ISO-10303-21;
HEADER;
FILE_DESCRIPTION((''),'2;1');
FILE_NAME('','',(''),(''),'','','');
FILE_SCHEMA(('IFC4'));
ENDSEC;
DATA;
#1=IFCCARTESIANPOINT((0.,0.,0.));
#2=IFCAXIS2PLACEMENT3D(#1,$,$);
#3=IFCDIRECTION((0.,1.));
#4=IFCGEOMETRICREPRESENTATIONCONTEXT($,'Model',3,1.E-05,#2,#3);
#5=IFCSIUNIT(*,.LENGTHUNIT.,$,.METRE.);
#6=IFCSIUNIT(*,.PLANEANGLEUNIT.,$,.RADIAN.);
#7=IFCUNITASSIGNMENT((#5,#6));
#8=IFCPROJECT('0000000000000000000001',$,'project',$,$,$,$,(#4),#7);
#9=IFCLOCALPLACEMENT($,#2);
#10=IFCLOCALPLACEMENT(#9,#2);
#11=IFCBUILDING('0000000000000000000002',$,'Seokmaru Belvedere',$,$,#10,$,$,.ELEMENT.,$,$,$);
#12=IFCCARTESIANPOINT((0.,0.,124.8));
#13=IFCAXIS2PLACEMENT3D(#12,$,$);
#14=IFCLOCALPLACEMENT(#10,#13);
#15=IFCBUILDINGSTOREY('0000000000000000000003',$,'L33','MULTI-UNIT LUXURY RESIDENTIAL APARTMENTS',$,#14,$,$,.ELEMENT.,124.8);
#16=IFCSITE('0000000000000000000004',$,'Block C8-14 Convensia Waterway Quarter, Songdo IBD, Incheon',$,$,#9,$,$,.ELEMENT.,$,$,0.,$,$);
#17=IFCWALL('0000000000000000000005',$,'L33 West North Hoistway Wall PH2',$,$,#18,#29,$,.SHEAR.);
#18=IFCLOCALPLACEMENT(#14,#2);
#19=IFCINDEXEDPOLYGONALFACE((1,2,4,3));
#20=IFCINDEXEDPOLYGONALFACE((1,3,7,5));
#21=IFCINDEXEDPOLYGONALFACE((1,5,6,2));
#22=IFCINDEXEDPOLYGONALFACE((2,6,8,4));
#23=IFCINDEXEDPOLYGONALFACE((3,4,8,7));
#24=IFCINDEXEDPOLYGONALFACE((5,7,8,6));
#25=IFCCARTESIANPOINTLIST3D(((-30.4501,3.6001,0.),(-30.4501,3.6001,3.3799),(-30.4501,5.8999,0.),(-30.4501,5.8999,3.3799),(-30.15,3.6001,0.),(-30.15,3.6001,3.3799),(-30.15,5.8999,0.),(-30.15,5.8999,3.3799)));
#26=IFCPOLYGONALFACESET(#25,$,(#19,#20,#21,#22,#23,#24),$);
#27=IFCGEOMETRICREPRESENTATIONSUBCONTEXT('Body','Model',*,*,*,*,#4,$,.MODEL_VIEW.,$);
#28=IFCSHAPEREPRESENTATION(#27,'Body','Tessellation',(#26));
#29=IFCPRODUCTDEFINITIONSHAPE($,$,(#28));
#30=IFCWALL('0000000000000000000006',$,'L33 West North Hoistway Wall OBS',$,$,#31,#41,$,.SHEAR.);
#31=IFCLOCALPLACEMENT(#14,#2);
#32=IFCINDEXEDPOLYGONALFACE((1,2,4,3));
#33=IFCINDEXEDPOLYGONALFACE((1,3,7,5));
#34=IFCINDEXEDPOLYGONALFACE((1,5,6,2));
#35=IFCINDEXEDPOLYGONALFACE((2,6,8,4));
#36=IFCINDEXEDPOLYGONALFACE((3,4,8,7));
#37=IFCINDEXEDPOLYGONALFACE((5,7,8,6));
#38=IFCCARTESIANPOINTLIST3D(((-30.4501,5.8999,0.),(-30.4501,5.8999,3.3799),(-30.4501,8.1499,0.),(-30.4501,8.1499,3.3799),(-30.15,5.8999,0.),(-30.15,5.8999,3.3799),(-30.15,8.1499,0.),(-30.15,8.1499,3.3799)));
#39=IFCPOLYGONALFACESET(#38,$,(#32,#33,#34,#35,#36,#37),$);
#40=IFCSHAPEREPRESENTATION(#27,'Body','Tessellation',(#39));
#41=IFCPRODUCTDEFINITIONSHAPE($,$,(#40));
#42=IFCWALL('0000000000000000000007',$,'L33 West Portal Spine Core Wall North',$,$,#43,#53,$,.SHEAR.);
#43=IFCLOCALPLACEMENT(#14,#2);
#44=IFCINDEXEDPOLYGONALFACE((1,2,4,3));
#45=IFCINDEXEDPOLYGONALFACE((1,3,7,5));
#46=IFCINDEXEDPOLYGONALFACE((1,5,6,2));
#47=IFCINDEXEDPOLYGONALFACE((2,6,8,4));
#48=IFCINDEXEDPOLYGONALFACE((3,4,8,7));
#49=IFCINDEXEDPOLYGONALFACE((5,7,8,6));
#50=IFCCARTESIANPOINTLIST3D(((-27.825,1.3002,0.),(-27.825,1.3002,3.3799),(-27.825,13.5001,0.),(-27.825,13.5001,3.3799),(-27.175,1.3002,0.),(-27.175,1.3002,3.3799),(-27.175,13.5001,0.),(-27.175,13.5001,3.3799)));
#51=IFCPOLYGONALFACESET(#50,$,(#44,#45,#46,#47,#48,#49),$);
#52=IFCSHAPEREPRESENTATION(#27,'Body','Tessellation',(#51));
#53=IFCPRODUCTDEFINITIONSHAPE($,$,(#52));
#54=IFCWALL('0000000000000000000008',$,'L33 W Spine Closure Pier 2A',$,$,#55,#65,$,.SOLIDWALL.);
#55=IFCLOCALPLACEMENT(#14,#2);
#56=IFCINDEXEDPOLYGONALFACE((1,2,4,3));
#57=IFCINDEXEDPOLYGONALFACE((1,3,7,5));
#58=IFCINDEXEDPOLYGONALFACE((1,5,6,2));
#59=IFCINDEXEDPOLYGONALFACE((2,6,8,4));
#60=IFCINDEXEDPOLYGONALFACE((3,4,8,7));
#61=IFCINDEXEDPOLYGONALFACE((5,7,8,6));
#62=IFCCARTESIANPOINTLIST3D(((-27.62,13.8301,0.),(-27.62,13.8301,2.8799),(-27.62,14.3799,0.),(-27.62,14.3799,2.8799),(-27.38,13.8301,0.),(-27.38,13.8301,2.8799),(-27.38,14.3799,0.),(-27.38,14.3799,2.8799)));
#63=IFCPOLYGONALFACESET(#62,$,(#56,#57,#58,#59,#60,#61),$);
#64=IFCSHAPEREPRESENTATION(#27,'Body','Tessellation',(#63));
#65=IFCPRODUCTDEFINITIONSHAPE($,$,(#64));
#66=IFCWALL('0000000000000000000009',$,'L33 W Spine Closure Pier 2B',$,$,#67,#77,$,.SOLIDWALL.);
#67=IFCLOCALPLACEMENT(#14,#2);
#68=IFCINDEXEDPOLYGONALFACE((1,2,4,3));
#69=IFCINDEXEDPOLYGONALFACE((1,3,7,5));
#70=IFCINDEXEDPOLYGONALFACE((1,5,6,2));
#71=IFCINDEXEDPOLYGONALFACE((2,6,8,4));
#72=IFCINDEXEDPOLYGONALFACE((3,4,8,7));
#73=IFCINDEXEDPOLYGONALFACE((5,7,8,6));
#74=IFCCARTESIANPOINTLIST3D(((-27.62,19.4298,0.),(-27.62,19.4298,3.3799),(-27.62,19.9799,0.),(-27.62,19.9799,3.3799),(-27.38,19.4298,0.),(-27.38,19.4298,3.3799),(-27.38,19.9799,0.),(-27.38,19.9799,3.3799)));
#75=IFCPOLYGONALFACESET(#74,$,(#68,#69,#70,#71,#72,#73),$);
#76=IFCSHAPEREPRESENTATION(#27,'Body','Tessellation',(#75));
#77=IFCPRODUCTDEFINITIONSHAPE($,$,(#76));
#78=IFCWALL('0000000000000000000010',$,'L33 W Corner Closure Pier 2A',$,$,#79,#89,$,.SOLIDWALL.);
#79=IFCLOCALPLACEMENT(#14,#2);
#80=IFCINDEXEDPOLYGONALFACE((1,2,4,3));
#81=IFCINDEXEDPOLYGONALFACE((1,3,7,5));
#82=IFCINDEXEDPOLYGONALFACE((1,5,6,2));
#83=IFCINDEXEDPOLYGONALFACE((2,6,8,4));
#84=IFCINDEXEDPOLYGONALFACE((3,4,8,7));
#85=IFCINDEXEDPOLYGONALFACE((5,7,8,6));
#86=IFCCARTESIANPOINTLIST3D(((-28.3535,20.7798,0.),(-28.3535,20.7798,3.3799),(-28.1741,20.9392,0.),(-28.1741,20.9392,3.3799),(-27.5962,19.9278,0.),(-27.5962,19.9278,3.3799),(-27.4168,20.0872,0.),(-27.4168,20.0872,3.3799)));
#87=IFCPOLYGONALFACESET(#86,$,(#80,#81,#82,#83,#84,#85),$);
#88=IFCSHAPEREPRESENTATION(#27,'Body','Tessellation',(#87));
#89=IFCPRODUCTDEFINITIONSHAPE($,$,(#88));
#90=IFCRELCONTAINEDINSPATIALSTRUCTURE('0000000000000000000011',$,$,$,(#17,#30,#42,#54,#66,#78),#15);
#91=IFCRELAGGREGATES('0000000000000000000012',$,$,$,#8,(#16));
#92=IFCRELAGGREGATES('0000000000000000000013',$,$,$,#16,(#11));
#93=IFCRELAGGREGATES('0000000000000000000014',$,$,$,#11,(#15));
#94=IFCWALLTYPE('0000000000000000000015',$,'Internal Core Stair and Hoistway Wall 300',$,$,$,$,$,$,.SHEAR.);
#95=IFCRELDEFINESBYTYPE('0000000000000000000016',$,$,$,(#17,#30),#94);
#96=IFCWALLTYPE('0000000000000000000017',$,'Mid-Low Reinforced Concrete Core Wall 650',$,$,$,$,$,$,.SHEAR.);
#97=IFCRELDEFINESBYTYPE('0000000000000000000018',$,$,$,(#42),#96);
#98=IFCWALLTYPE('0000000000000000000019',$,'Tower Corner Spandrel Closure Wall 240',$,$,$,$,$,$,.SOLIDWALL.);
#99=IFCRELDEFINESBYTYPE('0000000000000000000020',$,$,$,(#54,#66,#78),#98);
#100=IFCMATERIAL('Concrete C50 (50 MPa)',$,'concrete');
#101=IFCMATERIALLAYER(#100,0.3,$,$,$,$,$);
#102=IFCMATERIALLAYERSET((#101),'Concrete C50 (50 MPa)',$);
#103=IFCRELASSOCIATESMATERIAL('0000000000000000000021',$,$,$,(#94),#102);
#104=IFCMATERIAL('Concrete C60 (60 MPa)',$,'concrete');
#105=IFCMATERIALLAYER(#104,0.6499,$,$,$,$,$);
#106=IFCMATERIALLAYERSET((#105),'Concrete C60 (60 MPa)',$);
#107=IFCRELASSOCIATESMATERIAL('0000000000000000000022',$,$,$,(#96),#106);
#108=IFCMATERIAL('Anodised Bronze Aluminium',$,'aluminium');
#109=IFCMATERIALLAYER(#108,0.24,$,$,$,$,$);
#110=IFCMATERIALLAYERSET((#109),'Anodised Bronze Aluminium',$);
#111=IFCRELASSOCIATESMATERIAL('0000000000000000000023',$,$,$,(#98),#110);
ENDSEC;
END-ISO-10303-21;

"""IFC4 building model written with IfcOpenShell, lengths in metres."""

from ifc_helpers import new_model, si_unit, direction, frame, frame_2d, origin, place, context, subcontext, project, spatial, rectangle, extrude, material, layer, layer_set, type_object, element, save


model = new_model("IFC4")

# Units and contexts
model_context = context("Model", 3, precision=1e-05, world=origin(), true_north=direction((0.0, 1.0)))
body_context = subcontext(model_context, "Body", "Model", "MODEL_VIEW")
ifc_project = project(units=[si_unit("LENGTHUNIT", "METRE"), si_unit("PLANEANGLEUNIT", "RADIAN")], contexts=[model_context])

# Site, building, storey
site_placement = place(None, origin())
site = spatial("IfcSite", under=ifc_project, at=site_placement, Name="Block C8-14 Convensia Waterway Quarter, Songdo IBD, Incheon", CompositionType="ELEMENT", RefElevation=0.0)
building_placement = place(site_placement, origin())
building = spatial("IfcBuilding", under=site, at=building_placement, Name="Seokmaru Belvedere", CompositionType="ELEMENT")
storey_placement = place(building_placement, frame((0.0, 0.0, 124.8)))
storey = spatial("IfcBuildingStorey", under=building, at=storey_placement, Name="L33", Description="MULTI-UNIT LUXURY RESIDENTIAL APARTMENTS", CompositionType="ELEMENT", Elevation=124.8)

# Shared definitions
ifc_material_1 = material(Name="Anodised Bronze Aluminium", Category="aluminium")

# Walls
ifc_material_2 = material(Name="Concrete C50 (50 MPa)", Category="concrete")
ifc_layer_1 = layer(ifc_material_2, 0.3)
ifc_layer_set_1 = layer_set([ifc_layer_1], Name="Concrete C50 (50 MPa)")
wall_type_1 = type_object("IfcWallType", Name="Internal Core Stair and Hoistway Wall 300", PredefinedType="SHEAR", material=ifc_layer_set_1)
wall_1_placement = place(storey_placement, frame((-30.3, 3.6001, 0.0), z_axis=(0.0, 0.0, 1.0), x_axis=(0.0, 1.0, 0.0)))
element("IfcWall", 1, at=wall_1_placement, inside=storey, type_object=wall_type_1, Name="L33 West North Hoistway Wall PH2", PredefinedType="SHEAR", context=body_context, shape_type="SweptSolid", body=[
    extrude(rectangle(XDim=2.2998, YDim=0.3, at=frame_2d((1.1499, 0.0))), origin(), (0.0, 0.0, 1.0), 3.3799),
])
wall_2_placement = place(storey_placement, frame((-30.3, 5.8999, 0.0), z_axis=(0.0, 0.0, 1.0), x_axis=(0.0, 1.0, 0.0)))
element("IfcWall", 2, at=wall_2_placement, inside=storey, type_object=wall_type_1, Name="L33 West North Hoistway Wall OBS", PredefinedType="SHEAR", context=body_context, shape_type="SweptSolid", body=[
    extrude(rectangle(XDim=2.25, YDim=0.3, at=frame_2d((1.125, 0.0))), origin(), (0.0, 0.0, 1.0), 3.3799),
])

# Walls
ifc_material_3 = material(Name="Concrete C60 (60 MPa)", Category="concrete")
ifc_layer_2 = layer(ifc_material_3, 0.6499)
ifc_layer_set_2 = layer_set([ifc_layer_2], Name="Concrete C60 (60 MPa)")
wall_type_2 = type_object("IfcWallType", Name="Mid-Low Reinforced Concrete Core Wall 650", PredefinedType="SHEAR", material=ifc_layer_set_2)
wall_3_placement = place(storey_placement, frame((-27.5, 1.3, 0.0), z_axis=(0.0, 0.0, 1.0), x_axis=(0.0, 1.0, 0.0)))
element("IfcWall", 3, at=wall_3_placement, inside=storey, type_object=wall_type_2, Name="L33 West Portal Spine Core Wall North", PredefinedType="SHEAR", context=body_context, shape_type="SweptSolid", body=[
    extrude(rectangle(XDim=12.2, YDim=0.6499, at=frame_2d((6.1001, 0.0))), origin(), (0.0, 0.0, 1.0), 3.3799),
])
ifc_layer_3 = layer(ifc_material_1, 0.24)
ifc_layer_set_3 = layer_set([ifc_layer_3], Name="Anodised Bronze Aluminium")
wall_type_3 = type_object("IfcWallType", Name="Tower Corner Spandrel Closure Wall 240", PredefinedType="SOLIDWALL", material=ifc_layer_set_3)
wall_4_placement = place(storey_placement, frame((-27.5, 13.8301, 0.0), z_axis=(0.0, 0.0, 1.0), x_axis=(0.0, 1.0, 0.0)))
element("IfcWall", 4, at=wall_4_placement, inside=storey, type_object=wall_type_3, Name="L33 W Spine Closure Pier 2A", PredefinedType="SOLIDWALL", context=body_context, shape_type="SweptSolid", body=[
    extrude(rectangle(XDim=0.5498, YDim=0.24, at=frame_2d((0.2749, 0.0))), origin(), (0.0, 0.0, 1.0), 2.8799),
])
wall_5_placement = place(storey_placement, frame((-27.5, 19.4299, 0.0), z_axis=(0.0, 0.0, 1.0), x_axis=(0.0, 1.0, 0.0)))
element("IfcWall", 5, at=wall_5_placement, inside=storey, type_object=wall_type_3, Name="L33 W Spine Closure Pier 2B", PredefinedType="SOLIDWALL", context=body_context, shape_type="SweptSolid", body=[
    extrude(rectangle(XDim=0.55, YDim=0.24, at=frame_2d((0.2749, 0.0))), origin(), (0.0, 0.0, 1.0), 3.3799),
])
wall_6_placement = place(storey_placement, frame((-27.5066, 20.0076, 0.0), z_axis=(0.0, 0.0, 1.0), x_axis=(-0.664337, 0.747433, 0.0)))
element("IfcWall", 6, at=wall_6_placement, inside=storey, type_object=wall_type_3, Name="L33 W Corner Closure Pier 2A", PredefinedType="SOLIDWALL", context=body_context, shape_type="SweptSolid", body=[
    extrude(rectangle(XDim=1.1399, YDim=0.24, at=frame_2d((0.5698, 0.0))), origin(), (0.0, 0.0, 1.0), 3.3799),
])

save(model, "model.ifc")
